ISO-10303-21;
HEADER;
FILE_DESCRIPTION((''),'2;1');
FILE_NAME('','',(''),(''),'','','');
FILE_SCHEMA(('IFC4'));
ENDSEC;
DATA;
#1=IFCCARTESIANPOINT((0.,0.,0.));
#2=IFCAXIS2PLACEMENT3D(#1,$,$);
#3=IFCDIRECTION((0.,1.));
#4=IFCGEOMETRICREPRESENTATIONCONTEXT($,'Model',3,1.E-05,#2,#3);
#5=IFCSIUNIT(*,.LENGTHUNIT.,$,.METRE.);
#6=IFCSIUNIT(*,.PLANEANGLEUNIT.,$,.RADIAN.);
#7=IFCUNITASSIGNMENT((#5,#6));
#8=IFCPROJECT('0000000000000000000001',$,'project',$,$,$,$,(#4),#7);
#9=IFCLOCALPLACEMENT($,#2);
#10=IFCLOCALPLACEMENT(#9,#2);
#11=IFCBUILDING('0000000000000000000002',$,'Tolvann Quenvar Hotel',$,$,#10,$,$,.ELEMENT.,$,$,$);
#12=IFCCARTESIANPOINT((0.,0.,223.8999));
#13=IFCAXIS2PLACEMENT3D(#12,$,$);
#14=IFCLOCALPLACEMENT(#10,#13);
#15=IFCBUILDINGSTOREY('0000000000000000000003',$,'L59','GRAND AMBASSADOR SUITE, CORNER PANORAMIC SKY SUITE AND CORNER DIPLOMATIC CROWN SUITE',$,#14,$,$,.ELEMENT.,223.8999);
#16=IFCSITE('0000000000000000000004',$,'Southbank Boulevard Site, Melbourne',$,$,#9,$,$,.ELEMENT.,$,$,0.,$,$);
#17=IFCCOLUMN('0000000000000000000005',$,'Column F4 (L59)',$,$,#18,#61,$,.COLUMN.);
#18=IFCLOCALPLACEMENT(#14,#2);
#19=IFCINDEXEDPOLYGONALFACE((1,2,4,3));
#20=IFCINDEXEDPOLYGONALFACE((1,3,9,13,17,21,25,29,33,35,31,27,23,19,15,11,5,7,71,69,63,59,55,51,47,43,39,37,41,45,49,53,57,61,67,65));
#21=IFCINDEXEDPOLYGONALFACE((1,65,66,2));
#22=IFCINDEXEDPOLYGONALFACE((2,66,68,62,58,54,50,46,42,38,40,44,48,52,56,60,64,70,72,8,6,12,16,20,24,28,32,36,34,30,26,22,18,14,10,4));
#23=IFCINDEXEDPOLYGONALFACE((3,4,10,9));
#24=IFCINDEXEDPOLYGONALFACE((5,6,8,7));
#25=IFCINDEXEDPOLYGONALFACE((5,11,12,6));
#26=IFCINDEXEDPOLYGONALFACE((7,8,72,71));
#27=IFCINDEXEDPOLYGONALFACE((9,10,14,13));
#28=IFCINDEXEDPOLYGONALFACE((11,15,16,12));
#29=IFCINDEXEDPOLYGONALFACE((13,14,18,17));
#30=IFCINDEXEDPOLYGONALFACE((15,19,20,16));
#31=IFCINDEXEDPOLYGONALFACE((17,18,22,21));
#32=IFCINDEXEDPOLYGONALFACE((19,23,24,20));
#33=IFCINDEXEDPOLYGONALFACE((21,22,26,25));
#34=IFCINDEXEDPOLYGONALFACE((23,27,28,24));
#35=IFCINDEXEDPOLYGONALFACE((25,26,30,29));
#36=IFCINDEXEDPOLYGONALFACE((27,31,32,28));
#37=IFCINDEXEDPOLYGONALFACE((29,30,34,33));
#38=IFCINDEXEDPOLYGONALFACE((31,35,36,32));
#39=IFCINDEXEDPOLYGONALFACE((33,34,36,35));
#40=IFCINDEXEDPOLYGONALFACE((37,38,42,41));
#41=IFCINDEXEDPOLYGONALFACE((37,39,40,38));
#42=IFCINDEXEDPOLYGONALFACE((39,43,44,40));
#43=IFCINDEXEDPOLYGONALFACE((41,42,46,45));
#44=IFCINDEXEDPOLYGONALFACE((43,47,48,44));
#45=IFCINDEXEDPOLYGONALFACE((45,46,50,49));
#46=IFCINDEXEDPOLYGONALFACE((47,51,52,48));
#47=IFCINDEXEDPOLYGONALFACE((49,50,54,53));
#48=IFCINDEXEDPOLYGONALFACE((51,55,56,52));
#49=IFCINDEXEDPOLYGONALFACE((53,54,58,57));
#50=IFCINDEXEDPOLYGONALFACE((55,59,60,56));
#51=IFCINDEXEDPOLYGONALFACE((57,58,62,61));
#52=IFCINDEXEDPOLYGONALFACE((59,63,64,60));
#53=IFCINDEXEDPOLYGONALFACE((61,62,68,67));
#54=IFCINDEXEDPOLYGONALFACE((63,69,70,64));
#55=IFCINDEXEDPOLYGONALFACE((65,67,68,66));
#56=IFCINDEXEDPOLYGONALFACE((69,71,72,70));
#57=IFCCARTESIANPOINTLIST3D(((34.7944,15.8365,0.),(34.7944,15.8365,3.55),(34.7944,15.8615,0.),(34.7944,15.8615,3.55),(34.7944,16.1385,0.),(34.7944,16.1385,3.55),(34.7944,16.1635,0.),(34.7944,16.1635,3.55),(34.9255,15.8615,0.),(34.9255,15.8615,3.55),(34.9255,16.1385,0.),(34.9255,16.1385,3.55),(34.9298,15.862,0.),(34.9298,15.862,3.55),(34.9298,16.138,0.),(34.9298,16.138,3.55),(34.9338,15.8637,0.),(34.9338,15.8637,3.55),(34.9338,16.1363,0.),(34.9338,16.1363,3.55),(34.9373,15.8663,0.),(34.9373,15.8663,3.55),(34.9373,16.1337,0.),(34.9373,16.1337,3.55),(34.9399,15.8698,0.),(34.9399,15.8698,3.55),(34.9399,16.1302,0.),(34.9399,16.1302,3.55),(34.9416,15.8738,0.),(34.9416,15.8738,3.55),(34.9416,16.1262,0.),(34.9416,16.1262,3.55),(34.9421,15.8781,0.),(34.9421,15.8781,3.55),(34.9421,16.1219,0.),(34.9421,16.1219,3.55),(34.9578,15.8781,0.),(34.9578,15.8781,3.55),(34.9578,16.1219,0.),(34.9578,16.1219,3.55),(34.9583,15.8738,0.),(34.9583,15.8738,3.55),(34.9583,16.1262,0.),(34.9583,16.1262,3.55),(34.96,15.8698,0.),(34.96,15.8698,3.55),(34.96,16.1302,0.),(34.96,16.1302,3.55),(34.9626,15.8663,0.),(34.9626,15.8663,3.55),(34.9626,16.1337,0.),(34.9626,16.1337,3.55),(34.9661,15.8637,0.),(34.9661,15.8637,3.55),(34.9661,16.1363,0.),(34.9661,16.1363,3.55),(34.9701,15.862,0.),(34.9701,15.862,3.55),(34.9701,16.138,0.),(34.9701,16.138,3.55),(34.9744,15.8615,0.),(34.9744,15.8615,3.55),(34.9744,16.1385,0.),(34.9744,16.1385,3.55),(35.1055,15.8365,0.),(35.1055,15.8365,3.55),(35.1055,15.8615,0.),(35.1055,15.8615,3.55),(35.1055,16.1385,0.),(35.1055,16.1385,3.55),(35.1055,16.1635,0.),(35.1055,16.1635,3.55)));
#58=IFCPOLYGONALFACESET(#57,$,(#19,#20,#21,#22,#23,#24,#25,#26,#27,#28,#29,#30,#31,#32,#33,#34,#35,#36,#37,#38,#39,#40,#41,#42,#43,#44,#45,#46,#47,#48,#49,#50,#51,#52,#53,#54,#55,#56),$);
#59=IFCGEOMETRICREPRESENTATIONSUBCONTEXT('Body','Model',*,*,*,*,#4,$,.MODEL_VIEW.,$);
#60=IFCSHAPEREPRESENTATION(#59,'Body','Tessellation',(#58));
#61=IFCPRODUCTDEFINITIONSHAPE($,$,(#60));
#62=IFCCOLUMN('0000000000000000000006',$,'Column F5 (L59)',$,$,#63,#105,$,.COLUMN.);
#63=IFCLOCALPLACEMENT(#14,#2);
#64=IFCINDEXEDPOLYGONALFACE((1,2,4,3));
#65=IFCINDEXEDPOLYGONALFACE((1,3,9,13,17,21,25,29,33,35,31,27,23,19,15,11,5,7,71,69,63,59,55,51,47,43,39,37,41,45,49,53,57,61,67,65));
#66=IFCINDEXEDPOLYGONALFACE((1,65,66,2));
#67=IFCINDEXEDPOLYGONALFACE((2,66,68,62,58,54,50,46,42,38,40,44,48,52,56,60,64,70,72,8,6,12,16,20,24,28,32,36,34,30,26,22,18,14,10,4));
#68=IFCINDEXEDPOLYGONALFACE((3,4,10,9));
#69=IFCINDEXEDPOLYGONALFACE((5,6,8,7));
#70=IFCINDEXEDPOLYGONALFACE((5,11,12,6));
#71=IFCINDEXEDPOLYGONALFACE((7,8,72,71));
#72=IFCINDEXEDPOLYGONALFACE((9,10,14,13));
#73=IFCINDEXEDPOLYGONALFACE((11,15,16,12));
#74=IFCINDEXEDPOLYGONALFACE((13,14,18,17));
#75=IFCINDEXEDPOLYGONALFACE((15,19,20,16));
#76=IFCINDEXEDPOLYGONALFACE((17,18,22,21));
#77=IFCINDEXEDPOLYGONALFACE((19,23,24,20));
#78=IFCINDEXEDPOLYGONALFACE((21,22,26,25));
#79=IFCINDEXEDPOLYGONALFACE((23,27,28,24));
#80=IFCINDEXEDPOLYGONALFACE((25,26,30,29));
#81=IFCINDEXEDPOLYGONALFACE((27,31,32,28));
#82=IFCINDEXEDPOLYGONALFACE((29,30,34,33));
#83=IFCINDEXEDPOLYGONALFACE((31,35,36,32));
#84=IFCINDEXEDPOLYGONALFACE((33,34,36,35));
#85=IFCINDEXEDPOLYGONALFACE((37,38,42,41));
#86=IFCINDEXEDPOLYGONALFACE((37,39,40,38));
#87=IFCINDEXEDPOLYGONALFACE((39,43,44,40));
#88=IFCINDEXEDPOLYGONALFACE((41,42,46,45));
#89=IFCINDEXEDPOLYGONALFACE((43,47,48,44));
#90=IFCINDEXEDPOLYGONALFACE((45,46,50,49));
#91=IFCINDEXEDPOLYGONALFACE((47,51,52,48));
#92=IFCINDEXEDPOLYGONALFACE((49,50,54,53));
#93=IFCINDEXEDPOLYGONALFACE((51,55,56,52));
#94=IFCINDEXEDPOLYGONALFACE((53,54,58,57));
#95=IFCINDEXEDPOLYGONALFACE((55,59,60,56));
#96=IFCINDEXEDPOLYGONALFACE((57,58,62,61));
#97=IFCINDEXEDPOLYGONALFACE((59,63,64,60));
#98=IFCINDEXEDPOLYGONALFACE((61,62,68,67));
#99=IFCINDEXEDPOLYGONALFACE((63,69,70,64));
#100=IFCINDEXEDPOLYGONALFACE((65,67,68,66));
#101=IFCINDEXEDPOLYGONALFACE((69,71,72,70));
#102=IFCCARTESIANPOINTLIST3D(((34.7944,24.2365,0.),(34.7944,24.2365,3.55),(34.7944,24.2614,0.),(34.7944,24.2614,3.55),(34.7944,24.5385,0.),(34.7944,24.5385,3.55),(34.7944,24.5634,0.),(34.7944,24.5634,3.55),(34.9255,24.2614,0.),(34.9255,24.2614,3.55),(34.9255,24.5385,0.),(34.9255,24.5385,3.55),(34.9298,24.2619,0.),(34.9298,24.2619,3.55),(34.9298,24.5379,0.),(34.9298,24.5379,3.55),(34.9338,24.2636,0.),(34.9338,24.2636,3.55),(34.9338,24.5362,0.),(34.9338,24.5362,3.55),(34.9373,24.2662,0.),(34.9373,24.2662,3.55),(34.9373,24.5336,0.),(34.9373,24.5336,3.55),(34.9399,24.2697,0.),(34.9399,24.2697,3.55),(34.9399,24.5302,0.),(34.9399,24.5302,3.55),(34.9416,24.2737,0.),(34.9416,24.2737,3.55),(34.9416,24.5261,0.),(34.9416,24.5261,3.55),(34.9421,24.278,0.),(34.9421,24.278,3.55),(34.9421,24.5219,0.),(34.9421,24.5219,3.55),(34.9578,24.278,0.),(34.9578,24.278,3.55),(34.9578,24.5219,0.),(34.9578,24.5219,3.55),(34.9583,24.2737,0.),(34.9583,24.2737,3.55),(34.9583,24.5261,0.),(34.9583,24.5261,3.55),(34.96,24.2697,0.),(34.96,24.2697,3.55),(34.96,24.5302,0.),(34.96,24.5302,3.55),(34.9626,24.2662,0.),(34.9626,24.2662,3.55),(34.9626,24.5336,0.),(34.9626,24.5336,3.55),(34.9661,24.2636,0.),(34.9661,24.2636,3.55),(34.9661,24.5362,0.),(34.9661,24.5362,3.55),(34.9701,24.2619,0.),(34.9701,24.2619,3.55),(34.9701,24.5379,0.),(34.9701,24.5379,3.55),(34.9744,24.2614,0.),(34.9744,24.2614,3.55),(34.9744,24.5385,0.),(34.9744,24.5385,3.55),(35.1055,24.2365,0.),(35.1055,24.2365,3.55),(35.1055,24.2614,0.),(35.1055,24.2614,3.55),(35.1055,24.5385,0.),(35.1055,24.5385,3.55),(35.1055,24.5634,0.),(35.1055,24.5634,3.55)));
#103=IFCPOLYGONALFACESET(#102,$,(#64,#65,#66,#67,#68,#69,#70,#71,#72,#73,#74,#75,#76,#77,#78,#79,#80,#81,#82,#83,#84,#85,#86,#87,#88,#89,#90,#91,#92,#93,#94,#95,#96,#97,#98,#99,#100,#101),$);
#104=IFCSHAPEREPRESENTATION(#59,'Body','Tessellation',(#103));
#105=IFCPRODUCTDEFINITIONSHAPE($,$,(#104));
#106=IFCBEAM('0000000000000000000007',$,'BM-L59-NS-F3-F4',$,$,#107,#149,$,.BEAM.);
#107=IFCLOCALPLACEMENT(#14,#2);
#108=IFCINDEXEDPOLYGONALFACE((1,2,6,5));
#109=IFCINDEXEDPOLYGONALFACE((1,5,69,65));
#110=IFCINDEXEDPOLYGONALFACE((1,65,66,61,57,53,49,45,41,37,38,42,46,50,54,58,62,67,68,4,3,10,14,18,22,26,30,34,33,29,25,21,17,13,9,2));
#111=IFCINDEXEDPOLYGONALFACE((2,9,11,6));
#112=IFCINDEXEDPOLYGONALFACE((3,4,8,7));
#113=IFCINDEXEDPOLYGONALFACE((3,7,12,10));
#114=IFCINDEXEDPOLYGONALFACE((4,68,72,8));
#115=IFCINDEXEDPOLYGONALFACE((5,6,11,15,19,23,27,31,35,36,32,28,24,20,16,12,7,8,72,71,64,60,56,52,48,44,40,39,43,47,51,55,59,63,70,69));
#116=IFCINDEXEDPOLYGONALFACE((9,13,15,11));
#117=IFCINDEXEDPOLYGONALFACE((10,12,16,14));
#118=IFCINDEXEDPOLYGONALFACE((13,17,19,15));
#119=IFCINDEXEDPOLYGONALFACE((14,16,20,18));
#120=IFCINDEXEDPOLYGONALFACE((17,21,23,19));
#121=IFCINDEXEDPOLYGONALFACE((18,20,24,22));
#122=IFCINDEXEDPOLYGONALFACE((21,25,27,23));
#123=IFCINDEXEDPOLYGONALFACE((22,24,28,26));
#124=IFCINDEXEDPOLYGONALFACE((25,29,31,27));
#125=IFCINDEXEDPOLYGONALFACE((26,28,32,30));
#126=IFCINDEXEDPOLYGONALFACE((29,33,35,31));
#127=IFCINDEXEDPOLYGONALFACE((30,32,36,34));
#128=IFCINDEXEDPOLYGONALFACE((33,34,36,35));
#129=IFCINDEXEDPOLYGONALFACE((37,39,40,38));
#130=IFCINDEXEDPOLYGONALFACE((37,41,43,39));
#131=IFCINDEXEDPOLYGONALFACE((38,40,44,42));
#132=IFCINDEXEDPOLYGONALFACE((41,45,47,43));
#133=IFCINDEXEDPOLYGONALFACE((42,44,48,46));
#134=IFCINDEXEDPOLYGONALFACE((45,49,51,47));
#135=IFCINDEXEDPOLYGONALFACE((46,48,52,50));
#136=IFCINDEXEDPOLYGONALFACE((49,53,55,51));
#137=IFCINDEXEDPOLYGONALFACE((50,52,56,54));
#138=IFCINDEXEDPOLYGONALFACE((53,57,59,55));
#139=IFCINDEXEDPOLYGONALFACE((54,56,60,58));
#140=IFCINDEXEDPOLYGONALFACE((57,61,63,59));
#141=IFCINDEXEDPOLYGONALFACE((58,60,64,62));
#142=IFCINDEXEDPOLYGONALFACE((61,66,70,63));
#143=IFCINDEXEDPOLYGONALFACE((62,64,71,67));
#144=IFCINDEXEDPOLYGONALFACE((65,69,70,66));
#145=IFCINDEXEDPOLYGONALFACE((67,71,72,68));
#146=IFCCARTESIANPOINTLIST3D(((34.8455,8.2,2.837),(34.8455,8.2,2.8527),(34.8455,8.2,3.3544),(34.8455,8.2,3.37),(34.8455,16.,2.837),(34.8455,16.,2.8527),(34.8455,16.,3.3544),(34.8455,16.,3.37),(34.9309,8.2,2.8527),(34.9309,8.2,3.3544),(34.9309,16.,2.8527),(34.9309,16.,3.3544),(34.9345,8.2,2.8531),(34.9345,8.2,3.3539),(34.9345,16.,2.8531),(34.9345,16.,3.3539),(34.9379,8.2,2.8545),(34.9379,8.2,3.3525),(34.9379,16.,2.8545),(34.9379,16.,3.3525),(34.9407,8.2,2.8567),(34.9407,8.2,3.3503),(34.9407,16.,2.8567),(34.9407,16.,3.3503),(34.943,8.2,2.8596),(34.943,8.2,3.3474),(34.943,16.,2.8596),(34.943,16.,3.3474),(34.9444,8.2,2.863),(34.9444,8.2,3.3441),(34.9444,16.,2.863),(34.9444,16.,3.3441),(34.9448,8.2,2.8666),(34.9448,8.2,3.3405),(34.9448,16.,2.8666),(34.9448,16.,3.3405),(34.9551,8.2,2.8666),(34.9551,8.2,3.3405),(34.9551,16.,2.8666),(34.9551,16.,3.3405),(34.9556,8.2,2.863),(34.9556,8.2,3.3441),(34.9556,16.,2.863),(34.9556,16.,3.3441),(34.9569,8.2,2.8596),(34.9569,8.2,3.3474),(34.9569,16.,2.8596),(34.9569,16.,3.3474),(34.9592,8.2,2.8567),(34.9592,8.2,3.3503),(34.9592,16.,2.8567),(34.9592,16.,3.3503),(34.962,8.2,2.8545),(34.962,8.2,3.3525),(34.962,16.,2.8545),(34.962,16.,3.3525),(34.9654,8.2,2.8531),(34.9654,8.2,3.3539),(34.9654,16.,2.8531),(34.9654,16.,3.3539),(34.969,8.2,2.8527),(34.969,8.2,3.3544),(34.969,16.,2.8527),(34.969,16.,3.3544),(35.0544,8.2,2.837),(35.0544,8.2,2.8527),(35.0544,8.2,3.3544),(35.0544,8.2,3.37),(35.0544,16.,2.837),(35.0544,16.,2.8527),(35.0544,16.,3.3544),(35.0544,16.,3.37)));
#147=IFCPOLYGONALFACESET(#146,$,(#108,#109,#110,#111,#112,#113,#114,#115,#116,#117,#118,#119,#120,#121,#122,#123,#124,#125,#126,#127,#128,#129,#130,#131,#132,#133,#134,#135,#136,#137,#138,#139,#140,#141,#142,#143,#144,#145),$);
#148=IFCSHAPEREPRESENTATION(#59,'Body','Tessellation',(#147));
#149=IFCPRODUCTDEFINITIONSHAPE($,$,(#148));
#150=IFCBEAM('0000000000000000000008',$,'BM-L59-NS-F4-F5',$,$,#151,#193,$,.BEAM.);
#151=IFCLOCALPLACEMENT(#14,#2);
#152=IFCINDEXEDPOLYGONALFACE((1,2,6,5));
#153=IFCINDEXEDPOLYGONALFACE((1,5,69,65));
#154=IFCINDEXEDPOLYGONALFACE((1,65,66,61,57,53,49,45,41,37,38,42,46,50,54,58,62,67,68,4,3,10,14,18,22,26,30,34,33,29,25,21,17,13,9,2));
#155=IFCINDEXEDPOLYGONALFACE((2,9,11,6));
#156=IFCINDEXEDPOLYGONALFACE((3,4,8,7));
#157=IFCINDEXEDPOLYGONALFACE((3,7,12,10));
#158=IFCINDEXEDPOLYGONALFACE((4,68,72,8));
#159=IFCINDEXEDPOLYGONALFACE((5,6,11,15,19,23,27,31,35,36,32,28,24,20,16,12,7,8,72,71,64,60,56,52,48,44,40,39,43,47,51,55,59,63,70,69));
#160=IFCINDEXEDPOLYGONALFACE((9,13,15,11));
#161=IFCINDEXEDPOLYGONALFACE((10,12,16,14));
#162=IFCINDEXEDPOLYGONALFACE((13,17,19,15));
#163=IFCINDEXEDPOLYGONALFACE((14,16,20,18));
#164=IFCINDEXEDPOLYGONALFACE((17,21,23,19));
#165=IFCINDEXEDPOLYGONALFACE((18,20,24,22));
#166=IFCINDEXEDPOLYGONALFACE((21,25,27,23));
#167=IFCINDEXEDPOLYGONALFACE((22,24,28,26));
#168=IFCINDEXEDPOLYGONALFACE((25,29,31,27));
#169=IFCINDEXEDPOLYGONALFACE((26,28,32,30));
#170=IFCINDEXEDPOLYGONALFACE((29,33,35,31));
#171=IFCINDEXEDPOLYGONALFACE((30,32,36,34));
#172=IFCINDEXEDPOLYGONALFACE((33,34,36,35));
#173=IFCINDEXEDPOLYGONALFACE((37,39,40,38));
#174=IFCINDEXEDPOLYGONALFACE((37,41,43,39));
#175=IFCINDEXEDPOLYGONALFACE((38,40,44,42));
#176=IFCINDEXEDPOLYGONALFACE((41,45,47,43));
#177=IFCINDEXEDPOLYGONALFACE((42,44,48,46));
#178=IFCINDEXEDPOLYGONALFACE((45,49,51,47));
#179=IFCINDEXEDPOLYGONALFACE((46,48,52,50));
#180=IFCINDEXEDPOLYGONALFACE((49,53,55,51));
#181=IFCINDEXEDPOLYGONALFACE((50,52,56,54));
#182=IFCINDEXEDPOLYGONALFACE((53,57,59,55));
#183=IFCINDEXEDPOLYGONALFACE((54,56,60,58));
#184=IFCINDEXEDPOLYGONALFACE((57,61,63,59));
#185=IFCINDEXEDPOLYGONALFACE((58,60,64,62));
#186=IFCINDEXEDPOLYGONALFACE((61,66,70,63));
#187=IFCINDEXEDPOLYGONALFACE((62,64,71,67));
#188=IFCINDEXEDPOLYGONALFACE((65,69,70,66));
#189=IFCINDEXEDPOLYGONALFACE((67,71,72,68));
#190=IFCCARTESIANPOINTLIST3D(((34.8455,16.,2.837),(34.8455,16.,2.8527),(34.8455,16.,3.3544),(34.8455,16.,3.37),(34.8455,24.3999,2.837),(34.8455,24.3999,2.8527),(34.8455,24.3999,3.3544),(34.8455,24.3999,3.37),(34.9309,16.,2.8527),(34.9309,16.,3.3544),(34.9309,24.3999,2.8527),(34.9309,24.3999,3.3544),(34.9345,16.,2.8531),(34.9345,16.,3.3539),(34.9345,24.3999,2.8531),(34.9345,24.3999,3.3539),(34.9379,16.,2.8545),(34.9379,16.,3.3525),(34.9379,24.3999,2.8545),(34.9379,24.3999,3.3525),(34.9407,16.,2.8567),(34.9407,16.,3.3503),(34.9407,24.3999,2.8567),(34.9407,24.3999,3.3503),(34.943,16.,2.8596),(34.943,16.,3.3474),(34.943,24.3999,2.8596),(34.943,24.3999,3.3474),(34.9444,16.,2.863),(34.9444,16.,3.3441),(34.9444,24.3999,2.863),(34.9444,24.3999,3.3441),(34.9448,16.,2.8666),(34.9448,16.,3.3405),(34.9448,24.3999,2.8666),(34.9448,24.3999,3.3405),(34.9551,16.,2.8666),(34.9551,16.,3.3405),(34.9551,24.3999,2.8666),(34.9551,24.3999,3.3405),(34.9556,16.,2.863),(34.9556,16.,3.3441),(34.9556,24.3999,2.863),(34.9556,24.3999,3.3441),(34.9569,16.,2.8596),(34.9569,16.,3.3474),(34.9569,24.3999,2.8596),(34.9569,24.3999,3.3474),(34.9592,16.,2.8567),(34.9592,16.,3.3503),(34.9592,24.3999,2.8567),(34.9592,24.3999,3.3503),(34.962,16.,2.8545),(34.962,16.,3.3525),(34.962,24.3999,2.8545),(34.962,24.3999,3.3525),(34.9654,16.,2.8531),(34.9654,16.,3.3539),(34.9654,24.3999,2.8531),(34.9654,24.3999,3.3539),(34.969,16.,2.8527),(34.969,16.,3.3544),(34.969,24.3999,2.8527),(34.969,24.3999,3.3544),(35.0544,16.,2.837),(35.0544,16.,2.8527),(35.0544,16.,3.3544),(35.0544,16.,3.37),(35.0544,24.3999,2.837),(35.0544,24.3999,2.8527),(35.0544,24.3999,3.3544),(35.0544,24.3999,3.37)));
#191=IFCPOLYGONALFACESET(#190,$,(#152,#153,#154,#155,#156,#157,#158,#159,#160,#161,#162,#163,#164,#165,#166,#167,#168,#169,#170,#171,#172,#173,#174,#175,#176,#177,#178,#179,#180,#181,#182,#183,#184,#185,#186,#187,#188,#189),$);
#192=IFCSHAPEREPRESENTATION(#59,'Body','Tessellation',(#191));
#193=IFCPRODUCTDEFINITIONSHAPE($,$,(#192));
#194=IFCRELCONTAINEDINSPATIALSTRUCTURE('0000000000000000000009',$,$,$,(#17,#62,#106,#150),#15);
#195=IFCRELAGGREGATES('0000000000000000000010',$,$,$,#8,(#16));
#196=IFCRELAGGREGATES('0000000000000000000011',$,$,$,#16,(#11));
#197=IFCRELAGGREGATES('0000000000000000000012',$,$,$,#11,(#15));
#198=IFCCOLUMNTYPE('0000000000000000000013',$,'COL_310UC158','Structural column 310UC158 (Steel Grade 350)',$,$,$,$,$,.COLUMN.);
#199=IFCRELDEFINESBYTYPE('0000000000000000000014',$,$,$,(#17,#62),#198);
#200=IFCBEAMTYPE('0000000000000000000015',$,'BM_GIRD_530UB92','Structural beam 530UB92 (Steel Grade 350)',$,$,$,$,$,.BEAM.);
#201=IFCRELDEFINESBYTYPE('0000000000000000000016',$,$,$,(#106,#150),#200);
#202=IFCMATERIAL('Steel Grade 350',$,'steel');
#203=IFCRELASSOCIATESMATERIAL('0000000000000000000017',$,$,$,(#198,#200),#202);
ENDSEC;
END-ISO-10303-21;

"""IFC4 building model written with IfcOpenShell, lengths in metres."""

from ifc_helpers import new_model, si_unit, direction, frame, origin, origin_2d, place, context, subcontext, project, spatial, i_section, extrude, source, transform, mapped, material, material_profile, profile_set, type_object, type_shapes, element, save


model = new_model("IFC4")

# Units and contexts
model_context = context("Model", 3, precision=1e-05, world=origin(), true_north=direction((0.0, 1.0)))
body_context = subcontext(model_context, "Body", "Model", "MODEL_VIEW")
ifc_project = project(units=[si_unit("LENGTHUNIT", "METRE"), si_unit("PLANEANGLEUNIT", "RADIAN")], contexts=[model_context])

# Site, building, storey
site_placement = place(None, origin())
site = spatial("IfcSite", under=ifc_project, at=site_placement, Name="Southbank Boulevard Site, Melbourne", CompositionType="ELEMENT", RefElevation=0.0)
building_placement = place(site_placement, origin())
building = spatial("IfcBuilding", under=site, at=building_placement, Name="Tolvann Quenvar Hotel", CompositionType="ELEMENT")
storey_placement = place(building_placement, frame((0.0, 0.0, 223.8999)))
storey = spatial("IfcBuildingStorey", under=building, at=storey_placement, Name="L59", Description="GRAND AMBASSADOR SUITE, CORNER PANORAMIC SKY SUITE AND CORNER DIPLOMATIC CROWN SUITE", CompositionType="ELEMENT", Elevation=223.8999)

# Columns
ifc_material_1 = material(Name="Steel Grade 350", Category="steel")
ifc_material_profile_1 = material_profile(ifc_material_1, i_section(OverallWidth=0.311, OverallDepth=0.3269, WebThickness=0.0156, FlangeThickness=0.0249, FilletRadius=0.0166, at=origin_2d()), Name="310UC158")
ifc_profile_set_1 = profile_set([ifc_material_profile_1], Name="Steel Grade 350")
column_type_1 = type_object("IfcColumnType", Name="COL_310UC158", Description="Structural column 310UC158 (Steel Grade 350)", PredefinedType="COLUMN", material=ifc_profile_set_1)
shared_shape_1 = source(origin(), body_context, "Body", "SweptSolid", [
    extrude(i_section(OverallWidth=0.311, OverallDepth=0.3269, WebThickness=0.0156, FlangeThickness=0.0249, FilletRadius=0.0166, at=origin_2d()), origin(), (0.0, 0.0, 1.0), 3.55),
])
type_shapes(column_type_1, [shared_shape_1])
for number, where, z_axis, x_axis, name in (
    (1, (34.95, 16.0, 0.0), (0.0, 0.0, 1.0), (1.0, 0.0, 0.0), "Column F4 (L59)"),
    (2, (34.95, 24.3999, 0.0), (0.0, 0.0, 1.0), (1.0, 0.0, 0.0), "Column F5 (L59)"),
):
    element("IfcColumn", number, at=place(storey_placement, frame(where, z_axis=z_axis, x_axis=x_axis)), inside=storey, type_object=column_type_1, Name=name, PredefinedType="COLUMN", context=body_context, shape_type="MappedRepresentation", body=[
        mapped(shared_shape_1, transform((0.0, 0.0, 0.0), x_axis=(1.0, 0.0, 0.0), y_axis=(0.0, 1.0, 0.0), z_axis=(0.0, 0.0, 1.0), scale=1.0)),
    ])

# Beams
ifc_material_profile_2 = material_profile(ifc_material_1, i_section(OverallWidth=0.209, OverallDepth=0.533, WebThickness=0.0103, FlangeThickness=0.0156, FilletRadius=0.0139, at=origin_2d()), Name="530UB92")
ifc_profile_set_2 = profile_set([ifc_material_profile_2], Name="Steel Grade 350")
beam_type_1 = type_object("IfcBeamType", Name="BM_GIRD_530UB92", Description="Structural beam 530UB92 (Steel Grade 350)", PredefinedType="BEAM", material=ifc_profile_set_2)
shared_shape_2 = source(origin(), body_context, "Body", "SweptSolid", [
    extrude(i_section(OverallWidth=0.209, OverallDepth=0.533, WebThickness=0.0103, FlangeThickness=0.0156, FilletRadius=0.0139, at=origin_2d()), origin(), (0.0, 0.0, 1.0), 7.8),
])
beam_1_placement = place(storey_placement, frame((34.95, 8.2, 3.1035), z_axis=(0.0, 1.0, 0.0), x_axis=(-1.0, 0.0, 0.0)))
element("IfcBeam", 3, at=beam_1_placement, inside=storey, type_object=beam_type_1, Name="BM-L59-NS-F3-F4", PredefinedType="BEAM", context=body_context, shape_type="MappedRepresentation", body=[
    mapped(shared_shape_2, transform((0.0, 0.0, 0.0), x_axis=(1.0, 0.0, 0.0), y_axis=(0.0, 1.0, 0.0), z_axis=(0.0, 0.0, 1.0), scale=1.0)),
])
shared_shape_3 = source(origin(), body_context, "Body", "SweptSolid", [
    extrude(i_section(OverallWidth=0.209, OverallDepth=0.533, WebThickness=0.0103, FlangeThickness=0.0156, FilletRadius=0.0139, at=origin_2d()), origin(), (0.0, 0.0, 1.0), 8.3999),
])
type_shapes(beam_type_1, [shared_shape_2, shared_shape_3])
for number, where, z_axis, x_axis, name in (
    (4, (34.95, 16.0, 3.1035), (0.0, 1.0, 0.0), (-1.0, 0.0, 0.0), "BM-L59-NS-F4-F5"),
):
    element("IfcBeam", number, at=place(storey_placement, frame(where, z_axis=z_axis, x_axis=x_axis)), inside=storey, type_object=beam_type_1, Name=name, PredefinedType="BEAM", context=body_context, shape_type="MappedRepresentation", body=[
        mapped(shared_shape_3, transform((0.0, 0.0, 0.0), x_axis=(1.0, 0.0, 0.0), y_axis=(0.0, 1.0, 0.0), z_axis=(0.0, 0.0, 1.0), scale=1.0)),
    ])

save(model, "model.ifc")
